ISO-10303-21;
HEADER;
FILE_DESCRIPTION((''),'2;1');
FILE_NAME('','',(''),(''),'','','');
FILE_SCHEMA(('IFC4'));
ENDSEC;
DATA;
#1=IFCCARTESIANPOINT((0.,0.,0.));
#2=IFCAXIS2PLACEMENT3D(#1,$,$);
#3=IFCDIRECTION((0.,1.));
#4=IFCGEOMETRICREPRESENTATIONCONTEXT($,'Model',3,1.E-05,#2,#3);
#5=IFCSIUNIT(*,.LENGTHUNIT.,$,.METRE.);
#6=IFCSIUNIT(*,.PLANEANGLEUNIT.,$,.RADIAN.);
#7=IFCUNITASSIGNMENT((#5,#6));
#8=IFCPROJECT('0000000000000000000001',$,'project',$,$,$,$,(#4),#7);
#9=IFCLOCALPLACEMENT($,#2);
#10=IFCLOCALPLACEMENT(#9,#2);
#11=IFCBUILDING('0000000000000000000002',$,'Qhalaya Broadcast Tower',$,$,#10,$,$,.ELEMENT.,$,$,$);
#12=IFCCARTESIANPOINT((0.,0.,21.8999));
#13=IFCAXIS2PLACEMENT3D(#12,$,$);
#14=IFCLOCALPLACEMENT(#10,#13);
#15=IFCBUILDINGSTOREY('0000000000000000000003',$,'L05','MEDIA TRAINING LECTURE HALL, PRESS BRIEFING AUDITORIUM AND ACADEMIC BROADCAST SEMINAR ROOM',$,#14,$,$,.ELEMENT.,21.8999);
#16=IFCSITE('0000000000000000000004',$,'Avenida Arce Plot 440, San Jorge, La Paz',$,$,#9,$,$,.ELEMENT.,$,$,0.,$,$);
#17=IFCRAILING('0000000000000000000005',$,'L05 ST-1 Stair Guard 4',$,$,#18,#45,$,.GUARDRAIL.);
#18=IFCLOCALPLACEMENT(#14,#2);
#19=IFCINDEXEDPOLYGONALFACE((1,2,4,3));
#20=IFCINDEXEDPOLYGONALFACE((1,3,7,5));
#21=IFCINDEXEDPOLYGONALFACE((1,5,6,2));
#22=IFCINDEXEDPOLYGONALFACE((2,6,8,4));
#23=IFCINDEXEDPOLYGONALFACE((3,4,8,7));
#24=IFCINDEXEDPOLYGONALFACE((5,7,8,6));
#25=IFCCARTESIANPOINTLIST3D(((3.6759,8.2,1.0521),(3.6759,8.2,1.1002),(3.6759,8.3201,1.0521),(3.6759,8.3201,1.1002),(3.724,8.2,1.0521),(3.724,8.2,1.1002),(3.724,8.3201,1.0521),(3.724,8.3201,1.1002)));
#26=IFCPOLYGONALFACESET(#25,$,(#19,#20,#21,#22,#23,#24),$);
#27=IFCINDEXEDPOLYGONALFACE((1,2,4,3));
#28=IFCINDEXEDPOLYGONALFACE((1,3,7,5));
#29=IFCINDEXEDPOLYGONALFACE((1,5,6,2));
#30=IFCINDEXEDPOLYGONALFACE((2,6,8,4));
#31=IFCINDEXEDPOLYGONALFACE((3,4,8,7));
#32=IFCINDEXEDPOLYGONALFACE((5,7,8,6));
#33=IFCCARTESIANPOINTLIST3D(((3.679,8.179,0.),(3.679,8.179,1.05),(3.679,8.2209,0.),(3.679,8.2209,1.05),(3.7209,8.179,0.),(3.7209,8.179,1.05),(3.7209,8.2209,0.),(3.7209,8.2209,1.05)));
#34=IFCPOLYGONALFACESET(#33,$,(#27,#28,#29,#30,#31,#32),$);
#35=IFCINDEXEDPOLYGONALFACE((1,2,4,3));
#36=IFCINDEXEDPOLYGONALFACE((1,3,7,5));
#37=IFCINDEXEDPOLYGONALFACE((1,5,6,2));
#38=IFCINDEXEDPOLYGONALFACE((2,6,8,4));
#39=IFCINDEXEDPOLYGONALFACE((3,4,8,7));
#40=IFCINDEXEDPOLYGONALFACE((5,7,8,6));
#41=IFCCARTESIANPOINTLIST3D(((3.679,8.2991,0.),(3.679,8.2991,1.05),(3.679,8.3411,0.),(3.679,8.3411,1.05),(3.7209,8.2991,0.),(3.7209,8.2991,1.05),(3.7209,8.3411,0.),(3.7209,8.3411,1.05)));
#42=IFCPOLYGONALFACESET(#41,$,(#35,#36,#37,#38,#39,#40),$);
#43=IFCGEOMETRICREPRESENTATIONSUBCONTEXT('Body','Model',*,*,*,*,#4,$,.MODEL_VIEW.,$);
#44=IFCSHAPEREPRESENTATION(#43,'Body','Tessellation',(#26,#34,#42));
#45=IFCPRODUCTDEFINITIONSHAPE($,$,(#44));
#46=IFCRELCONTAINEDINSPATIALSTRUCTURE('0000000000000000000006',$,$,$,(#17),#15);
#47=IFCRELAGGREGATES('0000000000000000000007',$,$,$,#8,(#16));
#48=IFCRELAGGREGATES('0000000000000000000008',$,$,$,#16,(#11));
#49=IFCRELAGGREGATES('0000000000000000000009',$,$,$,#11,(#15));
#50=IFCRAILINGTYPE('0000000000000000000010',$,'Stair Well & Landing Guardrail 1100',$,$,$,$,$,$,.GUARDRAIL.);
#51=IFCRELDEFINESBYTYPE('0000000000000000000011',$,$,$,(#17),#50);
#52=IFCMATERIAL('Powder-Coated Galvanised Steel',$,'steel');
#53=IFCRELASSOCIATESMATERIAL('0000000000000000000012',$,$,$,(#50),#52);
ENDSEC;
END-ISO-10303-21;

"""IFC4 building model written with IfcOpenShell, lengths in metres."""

from ifc_helpers import new_model, si_unit, direction, frame, origin, origin_2d, place, context, subcontext, project, spatial, rectangle, extrude, material, type_object, element, save


model = new_model("IFC4")

# Units and contexts
model_context = context("Model", 3, precision=1e-05, world=origin(), true_north=direction((0.0, 1.0)))
body_context = subcontext(model_context, "Body", "Model", "MODEL_VIEW")
ifc_project = project(units=[si_unit("LENGTHUNIT", "METRE"), si_unit("PLANEANGLEUNIT", "RADIAN")], contexts=[model_context])

# Site, building, storey
site_placement = place(None, origin())
site = spatial("IfcSite", under=ifc_project, at=site_placement, Name="Avenida Arce Plot 440, San Jorge, La Paz", CompositionType="ELEMENT", RefElevation=0.0)
building_placement = place(site_placement, origin())
building = spatial("IfcBuilding", under=site, at=building_placement, Name="Qhalaya Broadcast Tower", CompositionType="ELEMENT")
storey_placement = place(building_placement, frame((0.0, 0.0, 21.8999)))
storey = spatial("IfcBuildingStorey", under=building, at=storey_placement, Name="L05", Description="MEDIA TRAINING LECTURE HALL, PRESS BRIEFING AUDITORIUM AND ACADEMIC BROADCAST SEMINAR ROOM", CompositionType="ELEMENT", Elevation=21.8999)

# Railing
ifc_material_1 = material(Name="Powder-Coated Galvanised Steel", Category="steel")
railing_type_1 = type_object("IfcRailingType", Name="Stair Well & Landing Guardrail 1100", PredefinedType="GUARDRAIL", material=ifc_material_1)
railing_1_placement = place(storey_placement, frame((3.7, 8.2, 0.0)))
element("IfcRailing", 1, at=railing_1_placement, inside=storey, type_object=railing_type_1, Name="L05 ST-1 Stair Guard 4", PredefinedType="GUARDRAIL", context=body_context, shape_type="SweptSolid", body=[
    extrude(rectangle(XDim=0.0481, YDim=0.0481, at=origin_2d()), frame((0.0, 0.0, 1.0762), z_axis=(0.0, 1.0, 0.0), x_axis=(-1.0, 0.0, 0.0)), (0.0, 0.0, 1.0), 0.1201),
    extrude(rectangle(XDim=0.042, YDim=0.042, at=origin_2d()), origin(), (0.0, 0.0, 1.0), 1.05),
    extrude(rectangle(XDim=0.042, YDim=0.042, at=origin_2d()), frame((0.0, 0.1201, 0.0)), (0.0, 0.0, 1.0), 1.05),
])

save(model, "model.ifc")
